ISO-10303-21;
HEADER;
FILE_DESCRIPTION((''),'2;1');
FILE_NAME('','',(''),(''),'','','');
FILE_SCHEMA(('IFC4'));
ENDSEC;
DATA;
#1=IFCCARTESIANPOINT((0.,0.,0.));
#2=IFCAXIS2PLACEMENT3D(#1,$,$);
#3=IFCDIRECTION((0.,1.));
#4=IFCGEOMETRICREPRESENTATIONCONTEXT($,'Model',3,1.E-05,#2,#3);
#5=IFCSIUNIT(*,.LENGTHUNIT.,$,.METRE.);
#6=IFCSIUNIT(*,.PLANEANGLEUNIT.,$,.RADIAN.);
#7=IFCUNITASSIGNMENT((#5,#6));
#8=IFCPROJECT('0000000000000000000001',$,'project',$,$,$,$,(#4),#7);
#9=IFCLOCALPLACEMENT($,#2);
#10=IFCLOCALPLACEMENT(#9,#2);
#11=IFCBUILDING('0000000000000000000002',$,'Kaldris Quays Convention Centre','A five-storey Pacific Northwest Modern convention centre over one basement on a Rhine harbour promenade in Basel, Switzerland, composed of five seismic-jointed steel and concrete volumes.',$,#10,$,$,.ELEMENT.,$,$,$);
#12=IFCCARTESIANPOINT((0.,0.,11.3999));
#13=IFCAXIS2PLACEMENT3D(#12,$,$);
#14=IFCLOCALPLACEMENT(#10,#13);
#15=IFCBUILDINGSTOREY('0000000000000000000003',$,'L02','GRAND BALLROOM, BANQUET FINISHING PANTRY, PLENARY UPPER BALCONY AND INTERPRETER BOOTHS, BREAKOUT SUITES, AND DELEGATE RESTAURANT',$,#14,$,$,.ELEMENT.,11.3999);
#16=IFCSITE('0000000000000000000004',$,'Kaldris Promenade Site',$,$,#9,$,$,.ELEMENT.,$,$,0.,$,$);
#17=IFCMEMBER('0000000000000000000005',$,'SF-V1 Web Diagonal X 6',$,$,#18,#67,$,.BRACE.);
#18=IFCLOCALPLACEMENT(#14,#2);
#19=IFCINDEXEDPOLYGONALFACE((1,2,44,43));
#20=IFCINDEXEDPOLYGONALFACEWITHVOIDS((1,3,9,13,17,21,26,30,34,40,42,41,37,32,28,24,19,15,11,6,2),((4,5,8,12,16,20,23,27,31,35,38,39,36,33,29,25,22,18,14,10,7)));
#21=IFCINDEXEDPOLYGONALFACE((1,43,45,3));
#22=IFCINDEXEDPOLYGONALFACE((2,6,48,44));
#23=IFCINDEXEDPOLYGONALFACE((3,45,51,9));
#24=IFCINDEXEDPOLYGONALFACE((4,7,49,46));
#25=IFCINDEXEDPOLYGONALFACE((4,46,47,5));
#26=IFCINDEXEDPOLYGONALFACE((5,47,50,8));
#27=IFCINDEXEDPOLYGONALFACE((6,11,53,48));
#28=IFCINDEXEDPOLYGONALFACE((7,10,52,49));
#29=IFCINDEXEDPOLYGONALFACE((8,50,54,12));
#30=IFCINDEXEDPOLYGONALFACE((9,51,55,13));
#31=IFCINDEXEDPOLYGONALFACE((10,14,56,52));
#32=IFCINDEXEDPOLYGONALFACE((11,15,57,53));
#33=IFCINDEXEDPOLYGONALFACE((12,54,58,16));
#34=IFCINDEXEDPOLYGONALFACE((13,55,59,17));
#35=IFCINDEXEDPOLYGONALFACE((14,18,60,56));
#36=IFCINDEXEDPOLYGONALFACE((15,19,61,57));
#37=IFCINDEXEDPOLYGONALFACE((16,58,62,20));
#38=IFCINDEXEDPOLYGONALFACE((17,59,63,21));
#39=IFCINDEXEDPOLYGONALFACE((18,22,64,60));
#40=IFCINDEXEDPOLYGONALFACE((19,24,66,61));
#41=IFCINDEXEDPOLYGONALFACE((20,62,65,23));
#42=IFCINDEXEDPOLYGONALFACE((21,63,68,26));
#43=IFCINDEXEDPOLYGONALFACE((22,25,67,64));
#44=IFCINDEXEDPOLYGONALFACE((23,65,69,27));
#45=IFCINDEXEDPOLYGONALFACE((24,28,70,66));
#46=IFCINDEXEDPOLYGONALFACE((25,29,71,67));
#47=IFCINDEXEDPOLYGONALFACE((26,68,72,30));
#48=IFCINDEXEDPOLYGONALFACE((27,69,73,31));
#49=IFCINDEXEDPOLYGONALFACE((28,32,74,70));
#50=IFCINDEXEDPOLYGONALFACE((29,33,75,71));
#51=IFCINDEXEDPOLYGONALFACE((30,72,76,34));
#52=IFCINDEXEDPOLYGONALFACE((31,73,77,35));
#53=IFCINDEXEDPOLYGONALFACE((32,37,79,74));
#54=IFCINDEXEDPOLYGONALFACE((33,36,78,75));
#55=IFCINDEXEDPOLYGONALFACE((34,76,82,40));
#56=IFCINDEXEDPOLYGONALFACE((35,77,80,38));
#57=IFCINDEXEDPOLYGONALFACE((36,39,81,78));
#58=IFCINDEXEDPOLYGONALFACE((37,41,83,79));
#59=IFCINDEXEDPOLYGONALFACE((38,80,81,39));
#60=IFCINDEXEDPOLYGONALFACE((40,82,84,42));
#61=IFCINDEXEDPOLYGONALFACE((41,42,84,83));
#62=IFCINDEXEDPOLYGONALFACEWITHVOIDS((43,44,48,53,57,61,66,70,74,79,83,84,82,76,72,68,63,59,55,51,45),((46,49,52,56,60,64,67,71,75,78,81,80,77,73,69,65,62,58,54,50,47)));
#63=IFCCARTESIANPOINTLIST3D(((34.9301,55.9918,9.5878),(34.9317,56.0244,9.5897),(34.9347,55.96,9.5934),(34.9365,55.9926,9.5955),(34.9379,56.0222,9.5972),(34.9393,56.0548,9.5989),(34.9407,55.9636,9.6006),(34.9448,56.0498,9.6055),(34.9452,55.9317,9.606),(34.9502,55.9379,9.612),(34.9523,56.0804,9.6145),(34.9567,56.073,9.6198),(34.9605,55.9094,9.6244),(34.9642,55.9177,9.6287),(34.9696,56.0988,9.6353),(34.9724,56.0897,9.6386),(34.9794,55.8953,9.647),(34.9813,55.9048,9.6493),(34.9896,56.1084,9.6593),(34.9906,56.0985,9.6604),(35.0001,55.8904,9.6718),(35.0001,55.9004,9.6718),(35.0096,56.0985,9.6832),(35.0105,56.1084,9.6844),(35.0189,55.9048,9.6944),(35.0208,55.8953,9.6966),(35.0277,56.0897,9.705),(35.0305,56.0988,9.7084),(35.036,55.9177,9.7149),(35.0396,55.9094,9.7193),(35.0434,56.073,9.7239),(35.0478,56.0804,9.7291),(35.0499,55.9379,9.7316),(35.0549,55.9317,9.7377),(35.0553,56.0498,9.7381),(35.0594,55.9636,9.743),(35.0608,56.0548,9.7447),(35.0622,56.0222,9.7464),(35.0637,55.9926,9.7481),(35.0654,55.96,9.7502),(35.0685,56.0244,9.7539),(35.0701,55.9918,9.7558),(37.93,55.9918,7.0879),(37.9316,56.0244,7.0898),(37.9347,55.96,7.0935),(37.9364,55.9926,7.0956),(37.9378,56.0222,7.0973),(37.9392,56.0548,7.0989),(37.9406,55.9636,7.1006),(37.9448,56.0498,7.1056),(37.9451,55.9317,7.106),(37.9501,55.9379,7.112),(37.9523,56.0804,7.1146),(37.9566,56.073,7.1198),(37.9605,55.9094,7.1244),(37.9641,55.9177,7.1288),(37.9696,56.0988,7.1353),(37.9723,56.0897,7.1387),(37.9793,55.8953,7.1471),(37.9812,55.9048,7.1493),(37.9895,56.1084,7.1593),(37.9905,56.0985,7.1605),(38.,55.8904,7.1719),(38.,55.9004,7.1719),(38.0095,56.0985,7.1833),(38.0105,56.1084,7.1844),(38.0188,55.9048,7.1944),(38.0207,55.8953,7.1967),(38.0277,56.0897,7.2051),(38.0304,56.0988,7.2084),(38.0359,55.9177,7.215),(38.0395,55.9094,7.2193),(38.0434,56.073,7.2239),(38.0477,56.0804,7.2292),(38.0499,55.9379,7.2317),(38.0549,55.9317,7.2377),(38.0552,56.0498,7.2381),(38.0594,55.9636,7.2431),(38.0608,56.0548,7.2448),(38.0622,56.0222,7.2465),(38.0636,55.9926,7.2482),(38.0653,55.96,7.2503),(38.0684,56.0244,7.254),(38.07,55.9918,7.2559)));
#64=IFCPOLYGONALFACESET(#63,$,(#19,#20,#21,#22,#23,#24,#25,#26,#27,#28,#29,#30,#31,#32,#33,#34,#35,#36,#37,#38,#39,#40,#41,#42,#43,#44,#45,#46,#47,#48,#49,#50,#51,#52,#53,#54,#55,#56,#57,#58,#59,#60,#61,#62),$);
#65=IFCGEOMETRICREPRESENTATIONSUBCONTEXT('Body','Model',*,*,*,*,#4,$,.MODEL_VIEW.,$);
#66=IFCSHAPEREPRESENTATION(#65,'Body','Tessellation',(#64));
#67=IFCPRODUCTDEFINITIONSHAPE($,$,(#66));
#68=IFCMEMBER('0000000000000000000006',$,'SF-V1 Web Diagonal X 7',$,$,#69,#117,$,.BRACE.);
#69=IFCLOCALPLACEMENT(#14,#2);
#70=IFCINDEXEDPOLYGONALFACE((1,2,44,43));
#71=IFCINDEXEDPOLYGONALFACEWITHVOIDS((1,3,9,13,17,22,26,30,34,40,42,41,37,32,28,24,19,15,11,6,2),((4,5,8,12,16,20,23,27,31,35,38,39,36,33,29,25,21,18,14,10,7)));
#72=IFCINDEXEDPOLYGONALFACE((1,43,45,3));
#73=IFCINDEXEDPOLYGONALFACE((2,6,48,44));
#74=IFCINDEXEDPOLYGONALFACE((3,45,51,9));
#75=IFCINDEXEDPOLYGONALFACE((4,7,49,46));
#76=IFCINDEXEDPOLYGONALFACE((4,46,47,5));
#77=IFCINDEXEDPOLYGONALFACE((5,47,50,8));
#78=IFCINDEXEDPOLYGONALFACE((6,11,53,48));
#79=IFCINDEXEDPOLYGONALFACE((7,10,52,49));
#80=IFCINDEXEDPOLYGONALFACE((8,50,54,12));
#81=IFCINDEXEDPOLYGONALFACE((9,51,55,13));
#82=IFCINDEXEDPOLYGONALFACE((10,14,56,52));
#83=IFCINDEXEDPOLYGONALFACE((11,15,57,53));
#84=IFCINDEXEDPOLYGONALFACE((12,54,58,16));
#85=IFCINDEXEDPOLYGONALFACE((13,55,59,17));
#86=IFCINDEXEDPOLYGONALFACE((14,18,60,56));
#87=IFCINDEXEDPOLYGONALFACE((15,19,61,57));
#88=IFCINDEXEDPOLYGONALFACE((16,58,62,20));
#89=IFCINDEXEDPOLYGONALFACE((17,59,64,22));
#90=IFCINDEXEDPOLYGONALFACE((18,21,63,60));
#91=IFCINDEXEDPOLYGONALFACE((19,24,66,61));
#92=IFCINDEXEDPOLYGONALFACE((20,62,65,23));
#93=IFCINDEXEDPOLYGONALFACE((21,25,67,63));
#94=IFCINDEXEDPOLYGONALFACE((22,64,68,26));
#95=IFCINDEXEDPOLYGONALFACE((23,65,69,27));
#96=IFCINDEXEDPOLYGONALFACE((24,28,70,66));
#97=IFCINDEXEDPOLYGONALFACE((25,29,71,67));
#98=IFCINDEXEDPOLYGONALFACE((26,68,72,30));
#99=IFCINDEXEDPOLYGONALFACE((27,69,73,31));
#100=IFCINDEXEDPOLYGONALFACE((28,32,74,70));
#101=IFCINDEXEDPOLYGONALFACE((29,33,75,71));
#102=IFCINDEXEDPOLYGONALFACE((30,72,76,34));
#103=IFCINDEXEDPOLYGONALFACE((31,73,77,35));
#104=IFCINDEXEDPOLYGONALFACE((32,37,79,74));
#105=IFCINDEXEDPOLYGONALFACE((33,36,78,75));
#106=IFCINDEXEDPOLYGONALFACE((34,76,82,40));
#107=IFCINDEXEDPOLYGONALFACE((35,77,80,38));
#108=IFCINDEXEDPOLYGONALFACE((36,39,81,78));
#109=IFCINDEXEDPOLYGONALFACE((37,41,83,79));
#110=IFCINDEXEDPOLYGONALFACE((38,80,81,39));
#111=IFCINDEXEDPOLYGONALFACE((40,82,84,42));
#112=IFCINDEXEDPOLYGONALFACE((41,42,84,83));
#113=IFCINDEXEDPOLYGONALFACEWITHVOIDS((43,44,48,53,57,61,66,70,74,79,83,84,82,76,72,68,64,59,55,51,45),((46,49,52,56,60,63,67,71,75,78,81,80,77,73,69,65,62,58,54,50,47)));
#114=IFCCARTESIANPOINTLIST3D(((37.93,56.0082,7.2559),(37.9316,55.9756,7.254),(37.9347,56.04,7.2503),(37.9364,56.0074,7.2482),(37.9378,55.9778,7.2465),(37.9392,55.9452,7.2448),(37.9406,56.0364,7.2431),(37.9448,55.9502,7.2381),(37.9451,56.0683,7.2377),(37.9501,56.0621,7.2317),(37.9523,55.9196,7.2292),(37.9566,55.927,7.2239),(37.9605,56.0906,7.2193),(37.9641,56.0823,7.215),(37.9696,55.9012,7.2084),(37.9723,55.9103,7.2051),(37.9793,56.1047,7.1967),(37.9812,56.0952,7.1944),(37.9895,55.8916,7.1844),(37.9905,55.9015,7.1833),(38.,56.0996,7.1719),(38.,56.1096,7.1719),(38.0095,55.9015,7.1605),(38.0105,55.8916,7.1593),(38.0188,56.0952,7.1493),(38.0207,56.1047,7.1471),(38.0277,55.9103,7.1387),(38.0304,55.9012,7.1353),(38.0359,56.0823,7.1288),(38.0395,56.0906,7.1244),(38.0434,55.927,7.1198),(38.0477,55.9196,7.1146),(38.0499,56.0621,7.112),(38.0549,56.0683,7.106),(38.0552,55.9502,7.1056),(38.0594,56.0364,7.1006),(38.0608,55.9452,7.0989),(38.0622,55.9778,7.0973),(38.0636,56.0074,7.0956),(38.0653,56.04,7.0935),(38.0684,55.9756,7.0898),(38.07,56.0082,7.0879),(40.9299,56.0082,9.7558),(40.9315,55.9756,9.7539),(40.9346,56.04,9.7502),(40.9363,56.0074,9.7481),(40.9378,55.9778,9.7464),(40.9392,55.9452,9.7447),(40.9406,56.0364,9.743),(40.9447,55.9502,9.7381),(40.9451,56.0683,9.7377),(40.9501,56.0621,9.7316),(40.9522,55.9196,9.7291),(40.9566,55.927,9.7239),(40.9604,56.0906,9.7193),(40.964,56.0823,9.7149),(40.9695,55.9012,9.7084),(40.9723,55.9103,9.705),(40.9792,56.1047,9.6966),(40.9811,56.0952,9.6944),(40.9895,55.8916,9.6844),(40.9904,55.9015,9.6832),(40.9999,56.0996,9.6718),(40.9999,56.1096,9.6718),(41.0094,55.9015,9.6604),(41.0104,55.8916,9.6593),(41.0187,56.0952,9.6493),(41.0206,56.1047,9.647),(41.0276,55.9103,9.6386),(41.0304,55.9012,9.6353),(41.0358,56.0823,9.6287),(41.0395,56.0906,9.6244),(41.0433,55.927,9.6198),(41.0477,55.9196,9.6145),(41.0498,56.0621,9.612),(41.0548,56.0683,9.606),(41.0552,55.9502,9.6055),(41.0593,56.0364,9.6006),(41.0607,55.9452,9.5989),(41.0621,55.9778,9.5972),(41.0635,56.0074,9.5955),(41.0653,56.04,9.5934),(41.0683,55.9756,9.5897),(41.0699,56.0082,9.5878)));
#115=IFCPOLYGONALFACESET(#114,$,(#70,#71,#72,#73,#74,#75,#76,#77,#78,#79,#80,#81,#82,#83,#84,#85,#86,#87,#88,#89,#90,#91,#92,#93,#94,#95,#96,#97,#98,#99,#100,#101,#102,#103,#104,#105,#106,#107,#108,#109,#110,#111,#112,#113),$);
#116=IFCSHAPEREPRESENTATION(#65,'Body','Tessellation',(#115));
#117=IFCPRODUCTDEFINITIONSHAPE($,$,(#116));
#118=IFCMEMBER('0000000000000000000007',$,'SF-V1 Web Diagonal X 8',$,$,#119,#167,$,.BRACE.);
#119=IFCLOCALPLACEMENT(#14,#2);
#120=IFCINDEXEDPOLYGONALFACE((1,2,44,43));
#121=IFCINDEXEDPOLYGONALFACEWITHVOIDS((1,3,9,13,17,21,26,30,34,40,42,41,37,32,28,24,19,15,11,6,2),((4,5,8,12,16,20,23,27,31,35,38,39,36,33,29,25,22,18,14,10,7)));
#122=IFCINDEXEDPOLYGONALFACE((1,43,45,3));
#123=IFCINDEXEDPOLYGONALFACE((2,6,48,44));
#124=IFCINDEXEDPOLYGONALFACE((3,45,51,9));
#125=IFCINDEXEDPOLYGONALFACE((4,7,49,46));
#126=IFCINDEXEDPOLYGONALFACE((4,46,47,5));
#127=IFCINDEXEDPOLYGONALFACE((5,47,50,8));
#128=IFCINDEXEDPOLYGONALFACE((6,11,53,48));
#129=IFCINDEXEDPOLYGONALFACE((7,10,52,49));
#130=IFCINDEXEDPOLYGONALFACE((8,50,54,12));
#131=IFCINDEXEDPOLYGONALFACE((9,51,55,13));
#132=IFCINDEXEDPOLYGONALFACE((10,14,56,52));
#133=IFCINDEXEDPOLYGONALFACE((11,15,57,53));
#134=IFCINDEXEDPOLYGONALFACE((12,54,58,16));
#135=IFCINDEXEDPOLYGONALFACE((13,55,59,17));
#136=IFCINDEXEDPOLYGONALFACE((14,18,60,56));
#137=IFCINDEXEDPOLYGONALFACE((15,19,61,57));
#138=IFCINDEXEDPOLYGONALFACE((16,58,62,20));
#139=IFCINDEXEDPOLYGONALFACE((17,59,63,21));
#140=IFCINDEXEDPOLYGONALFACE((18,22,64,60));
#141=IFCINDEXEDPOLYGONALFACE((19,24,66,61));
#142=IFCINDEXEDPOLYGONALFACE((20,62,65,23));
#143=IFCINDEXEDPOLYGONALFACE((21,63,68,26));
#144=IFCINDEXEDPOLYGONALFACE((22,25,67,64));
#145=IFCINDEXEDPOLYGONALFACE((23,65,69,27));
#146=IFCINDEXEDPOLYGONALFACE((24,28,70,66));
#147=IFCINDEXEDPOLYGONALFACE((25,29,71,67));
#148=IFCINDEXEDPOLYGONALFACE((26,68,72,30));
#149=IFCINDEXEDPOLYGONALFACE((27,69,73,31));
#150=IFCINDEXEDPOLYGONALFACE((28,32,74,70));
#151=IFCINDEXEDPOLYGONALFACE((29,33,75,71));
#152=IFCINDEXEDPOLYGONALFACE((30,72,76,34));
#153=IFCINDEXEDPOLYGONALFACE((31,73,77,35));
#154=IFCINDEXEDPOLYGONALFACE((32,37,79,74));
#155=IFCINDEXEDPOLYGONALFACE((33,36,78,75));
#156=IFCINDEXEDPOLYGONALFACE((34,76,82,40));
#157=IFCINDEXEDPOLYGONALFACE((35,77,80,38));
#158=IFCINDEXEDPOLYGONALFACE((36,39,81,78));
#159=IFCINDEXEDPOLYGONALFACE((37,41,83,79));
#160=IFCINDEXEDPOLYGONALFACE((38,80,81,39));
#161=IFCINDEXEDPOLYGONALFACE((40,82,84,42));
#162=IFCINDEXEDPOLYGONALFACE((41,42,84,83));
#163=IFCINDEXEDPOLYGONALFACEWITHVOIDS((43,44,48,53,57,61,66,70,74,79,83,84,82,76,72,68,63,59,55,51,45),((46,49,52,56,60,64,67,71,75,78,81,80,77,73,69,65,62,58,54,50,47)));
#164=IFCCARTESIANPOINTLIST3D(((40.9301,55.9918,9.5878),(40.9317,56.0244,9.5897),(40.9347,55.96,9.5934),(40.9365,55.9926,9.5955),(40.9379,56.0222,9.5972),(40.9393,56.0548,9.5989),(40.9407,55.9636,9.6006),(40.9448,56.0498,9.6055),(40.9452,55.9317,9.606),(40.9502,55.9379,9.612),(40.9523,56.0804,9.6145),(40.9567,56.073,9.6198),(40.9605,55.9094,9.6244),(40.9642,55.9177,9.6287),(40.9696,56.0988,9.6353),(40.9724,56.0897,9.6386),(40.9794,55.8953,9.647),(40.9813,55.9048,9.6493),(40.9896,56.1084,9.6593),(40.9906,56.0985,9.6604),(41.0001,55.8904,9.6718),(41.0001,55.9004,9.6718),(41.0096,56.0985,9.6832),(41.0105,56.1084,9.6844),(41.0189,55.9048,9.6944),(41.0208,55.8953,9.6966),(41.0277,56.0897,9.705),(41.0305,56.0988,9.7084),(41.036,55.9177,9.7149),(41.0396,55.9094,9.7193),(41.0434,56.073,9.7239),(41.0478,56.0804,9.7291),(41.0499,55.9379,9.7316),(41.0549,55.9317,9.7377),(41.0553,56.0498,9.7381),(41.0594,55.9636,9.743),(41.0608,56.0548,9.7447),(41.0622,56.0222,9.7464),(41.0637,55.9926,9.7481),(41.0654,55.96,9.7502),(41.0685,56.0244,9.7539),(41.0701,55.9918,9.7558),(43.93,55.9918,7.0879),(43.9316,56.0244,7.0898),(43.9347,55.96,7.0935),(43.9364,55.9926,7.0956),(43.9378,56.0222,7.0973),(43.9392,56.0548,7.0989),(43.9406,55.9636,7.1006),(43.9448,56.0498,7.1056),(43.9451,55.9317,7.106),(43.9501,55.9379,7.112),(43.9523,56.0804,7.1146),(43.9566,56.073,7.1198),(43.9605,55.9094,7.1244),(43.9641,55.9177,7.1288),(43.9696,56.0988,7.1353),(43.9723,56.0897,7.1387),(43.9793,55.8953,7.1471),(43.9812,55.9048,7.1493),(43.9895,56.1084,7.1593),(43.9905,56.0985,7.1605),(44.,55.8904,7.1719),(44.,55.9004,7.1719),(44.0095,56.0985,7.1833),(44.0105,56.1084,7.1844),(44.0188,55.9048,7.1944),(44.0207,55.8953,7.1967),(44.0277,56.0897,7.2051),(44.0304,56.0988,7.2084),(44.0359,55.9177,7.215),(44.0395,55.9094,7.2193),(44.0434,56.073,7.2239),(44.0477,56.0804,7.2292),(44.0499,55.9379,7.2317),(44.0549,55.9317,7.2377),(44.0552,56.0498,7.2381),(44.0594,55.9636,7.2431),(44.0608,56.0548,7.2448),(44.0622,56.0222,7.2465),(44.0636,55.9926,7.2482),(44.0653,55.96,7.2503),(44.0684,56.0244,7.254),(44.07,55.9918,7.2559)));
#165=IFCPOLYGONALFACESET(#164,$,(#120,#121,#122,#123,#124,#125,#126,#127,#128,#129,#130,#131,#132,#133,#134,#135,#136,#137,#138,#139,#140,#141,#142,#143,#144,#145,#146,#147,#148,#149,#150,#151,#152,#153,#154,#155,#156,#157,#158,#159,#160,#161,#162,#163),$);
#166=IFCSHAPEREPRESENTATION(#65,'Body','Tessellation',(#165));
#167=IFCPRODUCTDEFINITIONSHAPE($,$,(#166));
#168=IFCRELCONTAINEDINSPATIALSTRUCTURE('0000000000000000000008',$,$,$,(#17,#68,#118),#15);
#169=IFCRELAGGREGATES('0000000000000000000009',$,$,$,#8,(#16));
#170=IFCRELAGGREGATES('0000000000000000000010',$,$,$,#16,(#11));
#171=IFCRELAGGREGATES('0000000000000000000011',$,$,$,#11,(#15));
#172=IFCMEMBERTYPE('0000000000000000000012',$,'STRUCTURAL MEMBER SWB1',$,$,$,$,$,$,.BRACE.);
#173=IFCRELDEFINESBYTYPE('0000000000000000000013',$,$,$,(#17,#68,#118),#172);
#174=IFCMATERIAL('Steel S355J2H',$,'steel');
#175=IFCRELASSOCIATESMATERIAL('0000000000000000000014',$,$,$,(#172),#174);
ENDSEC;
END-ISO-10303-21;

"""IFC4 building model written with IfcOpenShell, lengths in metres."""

from ifc_helpers import new_model, si_unit, direction, frame, origin, origin_2d, place, context, subcontext, project, spatial, hollow_circle, extrude, material, material_profile, profile_set, type_object, element, save


model = new_model("IFC4")

# Units and contexts
model_context = context("Model", 3, precision=1e-05, world=origin(), true_north=direction((0.0, 1.0)))
body_context = subcontext(model_context, "Body", "Model", "MODEL_VIEW")
ifc_project = project(units=[si_unit("LENGTHUNIT", "METRE"), si_unit("PLANEANGLEUNIT", "RADIAN")], contexts=[model_context])

# Site, building, storey
site_placement = place(None, origin())
site = spatial("IfcSite", under=ifc_project, at=site_placement, Name="Kaldris Promenade Site", CompositionType="ELEMENT", RefElevation=0.0)
building_placement = place(site_placement, origin())
building = spatial("IfcBuilding", under=site, at=building_placement, Name="Kaldris Quays Convention Centre", Description="A five-storey Pacific Northwest Modern convention centre over one basement on a Rhine harbour promenade in Basel, Switzerland, composed of five seismic-jointed steel and concrete volumes.", CompositionType="ELEMENT")
storey_placement = place(building_placement, frame((0.0, 0.0, 11.3999)))
storey = spatial("IfcBuildingStorey", under=building, at=storey_placement, Name="L02", Description="GRAND BALLROOM, BANQUET FINISHING PANTRY, PLENARY UPPER BALCONY AND INTERPRETER BOOTHS, BREAKOUT SUITES, AND DELEGATE RESTAURANT", CompositionType="ELEMENT", Elevation=11.3999)

# Members
ifc_material_1 = material(Name="Steel S355J2H", Category="steel")
ifc_material_profile_1 = material_profile(ifc_material_1, hollow_circle(Radius=0.1096, WallThickness=0.01, at=origin_2d()), Name="CHS 219.1x10")
ifc_profile_set_1 = profile_set([ifc_material_profile_1], Name="Steel S355J2H")
member_type_1 = type_object("IfcMemberType", Name="STRUCTURAL MEMBER SWB1", PredefinedType="BRACE", material=ifc_profile_set_1)
for number, where, z_axis, x_axis, name in (
    (1, (38.0, 56.0, 7.1719), (-0.768221, 0.0, 0.640184), (0.0, -1.0, 0.0), "SF-V1 Web Diagonal X 6"),
    (2, (38.0, 56.0, 7.1719), (0.768221, 0.0, 0.640184), (0.0, 1.0, 0.0), "SF-V1 Web Diagonal X 7"),
    (3, (44.0, 56.0, 7.1719), (-0.768221, 0.0, 0.640184), (0.0, -1.0, 0.0), "SF-V1 Web Diagonal X 8"),
):
    element("IfcMember", number, at=place(storey_placement, frame(where, z_axis=z_axis, x_axis=x_axis)), inside=storey, type_object=member_type_1, Name=name, PredefinedType="BRACE", context=body_context, shape_type="SweptSolid", body=[
        extrude(hollow_circle(Radius=0.1096, WallThickness=0.01, at=origin_2d()), origin(), (0.0, 0.0, 1.0), 3.905),
    ])

save(model, "model.ifc")
